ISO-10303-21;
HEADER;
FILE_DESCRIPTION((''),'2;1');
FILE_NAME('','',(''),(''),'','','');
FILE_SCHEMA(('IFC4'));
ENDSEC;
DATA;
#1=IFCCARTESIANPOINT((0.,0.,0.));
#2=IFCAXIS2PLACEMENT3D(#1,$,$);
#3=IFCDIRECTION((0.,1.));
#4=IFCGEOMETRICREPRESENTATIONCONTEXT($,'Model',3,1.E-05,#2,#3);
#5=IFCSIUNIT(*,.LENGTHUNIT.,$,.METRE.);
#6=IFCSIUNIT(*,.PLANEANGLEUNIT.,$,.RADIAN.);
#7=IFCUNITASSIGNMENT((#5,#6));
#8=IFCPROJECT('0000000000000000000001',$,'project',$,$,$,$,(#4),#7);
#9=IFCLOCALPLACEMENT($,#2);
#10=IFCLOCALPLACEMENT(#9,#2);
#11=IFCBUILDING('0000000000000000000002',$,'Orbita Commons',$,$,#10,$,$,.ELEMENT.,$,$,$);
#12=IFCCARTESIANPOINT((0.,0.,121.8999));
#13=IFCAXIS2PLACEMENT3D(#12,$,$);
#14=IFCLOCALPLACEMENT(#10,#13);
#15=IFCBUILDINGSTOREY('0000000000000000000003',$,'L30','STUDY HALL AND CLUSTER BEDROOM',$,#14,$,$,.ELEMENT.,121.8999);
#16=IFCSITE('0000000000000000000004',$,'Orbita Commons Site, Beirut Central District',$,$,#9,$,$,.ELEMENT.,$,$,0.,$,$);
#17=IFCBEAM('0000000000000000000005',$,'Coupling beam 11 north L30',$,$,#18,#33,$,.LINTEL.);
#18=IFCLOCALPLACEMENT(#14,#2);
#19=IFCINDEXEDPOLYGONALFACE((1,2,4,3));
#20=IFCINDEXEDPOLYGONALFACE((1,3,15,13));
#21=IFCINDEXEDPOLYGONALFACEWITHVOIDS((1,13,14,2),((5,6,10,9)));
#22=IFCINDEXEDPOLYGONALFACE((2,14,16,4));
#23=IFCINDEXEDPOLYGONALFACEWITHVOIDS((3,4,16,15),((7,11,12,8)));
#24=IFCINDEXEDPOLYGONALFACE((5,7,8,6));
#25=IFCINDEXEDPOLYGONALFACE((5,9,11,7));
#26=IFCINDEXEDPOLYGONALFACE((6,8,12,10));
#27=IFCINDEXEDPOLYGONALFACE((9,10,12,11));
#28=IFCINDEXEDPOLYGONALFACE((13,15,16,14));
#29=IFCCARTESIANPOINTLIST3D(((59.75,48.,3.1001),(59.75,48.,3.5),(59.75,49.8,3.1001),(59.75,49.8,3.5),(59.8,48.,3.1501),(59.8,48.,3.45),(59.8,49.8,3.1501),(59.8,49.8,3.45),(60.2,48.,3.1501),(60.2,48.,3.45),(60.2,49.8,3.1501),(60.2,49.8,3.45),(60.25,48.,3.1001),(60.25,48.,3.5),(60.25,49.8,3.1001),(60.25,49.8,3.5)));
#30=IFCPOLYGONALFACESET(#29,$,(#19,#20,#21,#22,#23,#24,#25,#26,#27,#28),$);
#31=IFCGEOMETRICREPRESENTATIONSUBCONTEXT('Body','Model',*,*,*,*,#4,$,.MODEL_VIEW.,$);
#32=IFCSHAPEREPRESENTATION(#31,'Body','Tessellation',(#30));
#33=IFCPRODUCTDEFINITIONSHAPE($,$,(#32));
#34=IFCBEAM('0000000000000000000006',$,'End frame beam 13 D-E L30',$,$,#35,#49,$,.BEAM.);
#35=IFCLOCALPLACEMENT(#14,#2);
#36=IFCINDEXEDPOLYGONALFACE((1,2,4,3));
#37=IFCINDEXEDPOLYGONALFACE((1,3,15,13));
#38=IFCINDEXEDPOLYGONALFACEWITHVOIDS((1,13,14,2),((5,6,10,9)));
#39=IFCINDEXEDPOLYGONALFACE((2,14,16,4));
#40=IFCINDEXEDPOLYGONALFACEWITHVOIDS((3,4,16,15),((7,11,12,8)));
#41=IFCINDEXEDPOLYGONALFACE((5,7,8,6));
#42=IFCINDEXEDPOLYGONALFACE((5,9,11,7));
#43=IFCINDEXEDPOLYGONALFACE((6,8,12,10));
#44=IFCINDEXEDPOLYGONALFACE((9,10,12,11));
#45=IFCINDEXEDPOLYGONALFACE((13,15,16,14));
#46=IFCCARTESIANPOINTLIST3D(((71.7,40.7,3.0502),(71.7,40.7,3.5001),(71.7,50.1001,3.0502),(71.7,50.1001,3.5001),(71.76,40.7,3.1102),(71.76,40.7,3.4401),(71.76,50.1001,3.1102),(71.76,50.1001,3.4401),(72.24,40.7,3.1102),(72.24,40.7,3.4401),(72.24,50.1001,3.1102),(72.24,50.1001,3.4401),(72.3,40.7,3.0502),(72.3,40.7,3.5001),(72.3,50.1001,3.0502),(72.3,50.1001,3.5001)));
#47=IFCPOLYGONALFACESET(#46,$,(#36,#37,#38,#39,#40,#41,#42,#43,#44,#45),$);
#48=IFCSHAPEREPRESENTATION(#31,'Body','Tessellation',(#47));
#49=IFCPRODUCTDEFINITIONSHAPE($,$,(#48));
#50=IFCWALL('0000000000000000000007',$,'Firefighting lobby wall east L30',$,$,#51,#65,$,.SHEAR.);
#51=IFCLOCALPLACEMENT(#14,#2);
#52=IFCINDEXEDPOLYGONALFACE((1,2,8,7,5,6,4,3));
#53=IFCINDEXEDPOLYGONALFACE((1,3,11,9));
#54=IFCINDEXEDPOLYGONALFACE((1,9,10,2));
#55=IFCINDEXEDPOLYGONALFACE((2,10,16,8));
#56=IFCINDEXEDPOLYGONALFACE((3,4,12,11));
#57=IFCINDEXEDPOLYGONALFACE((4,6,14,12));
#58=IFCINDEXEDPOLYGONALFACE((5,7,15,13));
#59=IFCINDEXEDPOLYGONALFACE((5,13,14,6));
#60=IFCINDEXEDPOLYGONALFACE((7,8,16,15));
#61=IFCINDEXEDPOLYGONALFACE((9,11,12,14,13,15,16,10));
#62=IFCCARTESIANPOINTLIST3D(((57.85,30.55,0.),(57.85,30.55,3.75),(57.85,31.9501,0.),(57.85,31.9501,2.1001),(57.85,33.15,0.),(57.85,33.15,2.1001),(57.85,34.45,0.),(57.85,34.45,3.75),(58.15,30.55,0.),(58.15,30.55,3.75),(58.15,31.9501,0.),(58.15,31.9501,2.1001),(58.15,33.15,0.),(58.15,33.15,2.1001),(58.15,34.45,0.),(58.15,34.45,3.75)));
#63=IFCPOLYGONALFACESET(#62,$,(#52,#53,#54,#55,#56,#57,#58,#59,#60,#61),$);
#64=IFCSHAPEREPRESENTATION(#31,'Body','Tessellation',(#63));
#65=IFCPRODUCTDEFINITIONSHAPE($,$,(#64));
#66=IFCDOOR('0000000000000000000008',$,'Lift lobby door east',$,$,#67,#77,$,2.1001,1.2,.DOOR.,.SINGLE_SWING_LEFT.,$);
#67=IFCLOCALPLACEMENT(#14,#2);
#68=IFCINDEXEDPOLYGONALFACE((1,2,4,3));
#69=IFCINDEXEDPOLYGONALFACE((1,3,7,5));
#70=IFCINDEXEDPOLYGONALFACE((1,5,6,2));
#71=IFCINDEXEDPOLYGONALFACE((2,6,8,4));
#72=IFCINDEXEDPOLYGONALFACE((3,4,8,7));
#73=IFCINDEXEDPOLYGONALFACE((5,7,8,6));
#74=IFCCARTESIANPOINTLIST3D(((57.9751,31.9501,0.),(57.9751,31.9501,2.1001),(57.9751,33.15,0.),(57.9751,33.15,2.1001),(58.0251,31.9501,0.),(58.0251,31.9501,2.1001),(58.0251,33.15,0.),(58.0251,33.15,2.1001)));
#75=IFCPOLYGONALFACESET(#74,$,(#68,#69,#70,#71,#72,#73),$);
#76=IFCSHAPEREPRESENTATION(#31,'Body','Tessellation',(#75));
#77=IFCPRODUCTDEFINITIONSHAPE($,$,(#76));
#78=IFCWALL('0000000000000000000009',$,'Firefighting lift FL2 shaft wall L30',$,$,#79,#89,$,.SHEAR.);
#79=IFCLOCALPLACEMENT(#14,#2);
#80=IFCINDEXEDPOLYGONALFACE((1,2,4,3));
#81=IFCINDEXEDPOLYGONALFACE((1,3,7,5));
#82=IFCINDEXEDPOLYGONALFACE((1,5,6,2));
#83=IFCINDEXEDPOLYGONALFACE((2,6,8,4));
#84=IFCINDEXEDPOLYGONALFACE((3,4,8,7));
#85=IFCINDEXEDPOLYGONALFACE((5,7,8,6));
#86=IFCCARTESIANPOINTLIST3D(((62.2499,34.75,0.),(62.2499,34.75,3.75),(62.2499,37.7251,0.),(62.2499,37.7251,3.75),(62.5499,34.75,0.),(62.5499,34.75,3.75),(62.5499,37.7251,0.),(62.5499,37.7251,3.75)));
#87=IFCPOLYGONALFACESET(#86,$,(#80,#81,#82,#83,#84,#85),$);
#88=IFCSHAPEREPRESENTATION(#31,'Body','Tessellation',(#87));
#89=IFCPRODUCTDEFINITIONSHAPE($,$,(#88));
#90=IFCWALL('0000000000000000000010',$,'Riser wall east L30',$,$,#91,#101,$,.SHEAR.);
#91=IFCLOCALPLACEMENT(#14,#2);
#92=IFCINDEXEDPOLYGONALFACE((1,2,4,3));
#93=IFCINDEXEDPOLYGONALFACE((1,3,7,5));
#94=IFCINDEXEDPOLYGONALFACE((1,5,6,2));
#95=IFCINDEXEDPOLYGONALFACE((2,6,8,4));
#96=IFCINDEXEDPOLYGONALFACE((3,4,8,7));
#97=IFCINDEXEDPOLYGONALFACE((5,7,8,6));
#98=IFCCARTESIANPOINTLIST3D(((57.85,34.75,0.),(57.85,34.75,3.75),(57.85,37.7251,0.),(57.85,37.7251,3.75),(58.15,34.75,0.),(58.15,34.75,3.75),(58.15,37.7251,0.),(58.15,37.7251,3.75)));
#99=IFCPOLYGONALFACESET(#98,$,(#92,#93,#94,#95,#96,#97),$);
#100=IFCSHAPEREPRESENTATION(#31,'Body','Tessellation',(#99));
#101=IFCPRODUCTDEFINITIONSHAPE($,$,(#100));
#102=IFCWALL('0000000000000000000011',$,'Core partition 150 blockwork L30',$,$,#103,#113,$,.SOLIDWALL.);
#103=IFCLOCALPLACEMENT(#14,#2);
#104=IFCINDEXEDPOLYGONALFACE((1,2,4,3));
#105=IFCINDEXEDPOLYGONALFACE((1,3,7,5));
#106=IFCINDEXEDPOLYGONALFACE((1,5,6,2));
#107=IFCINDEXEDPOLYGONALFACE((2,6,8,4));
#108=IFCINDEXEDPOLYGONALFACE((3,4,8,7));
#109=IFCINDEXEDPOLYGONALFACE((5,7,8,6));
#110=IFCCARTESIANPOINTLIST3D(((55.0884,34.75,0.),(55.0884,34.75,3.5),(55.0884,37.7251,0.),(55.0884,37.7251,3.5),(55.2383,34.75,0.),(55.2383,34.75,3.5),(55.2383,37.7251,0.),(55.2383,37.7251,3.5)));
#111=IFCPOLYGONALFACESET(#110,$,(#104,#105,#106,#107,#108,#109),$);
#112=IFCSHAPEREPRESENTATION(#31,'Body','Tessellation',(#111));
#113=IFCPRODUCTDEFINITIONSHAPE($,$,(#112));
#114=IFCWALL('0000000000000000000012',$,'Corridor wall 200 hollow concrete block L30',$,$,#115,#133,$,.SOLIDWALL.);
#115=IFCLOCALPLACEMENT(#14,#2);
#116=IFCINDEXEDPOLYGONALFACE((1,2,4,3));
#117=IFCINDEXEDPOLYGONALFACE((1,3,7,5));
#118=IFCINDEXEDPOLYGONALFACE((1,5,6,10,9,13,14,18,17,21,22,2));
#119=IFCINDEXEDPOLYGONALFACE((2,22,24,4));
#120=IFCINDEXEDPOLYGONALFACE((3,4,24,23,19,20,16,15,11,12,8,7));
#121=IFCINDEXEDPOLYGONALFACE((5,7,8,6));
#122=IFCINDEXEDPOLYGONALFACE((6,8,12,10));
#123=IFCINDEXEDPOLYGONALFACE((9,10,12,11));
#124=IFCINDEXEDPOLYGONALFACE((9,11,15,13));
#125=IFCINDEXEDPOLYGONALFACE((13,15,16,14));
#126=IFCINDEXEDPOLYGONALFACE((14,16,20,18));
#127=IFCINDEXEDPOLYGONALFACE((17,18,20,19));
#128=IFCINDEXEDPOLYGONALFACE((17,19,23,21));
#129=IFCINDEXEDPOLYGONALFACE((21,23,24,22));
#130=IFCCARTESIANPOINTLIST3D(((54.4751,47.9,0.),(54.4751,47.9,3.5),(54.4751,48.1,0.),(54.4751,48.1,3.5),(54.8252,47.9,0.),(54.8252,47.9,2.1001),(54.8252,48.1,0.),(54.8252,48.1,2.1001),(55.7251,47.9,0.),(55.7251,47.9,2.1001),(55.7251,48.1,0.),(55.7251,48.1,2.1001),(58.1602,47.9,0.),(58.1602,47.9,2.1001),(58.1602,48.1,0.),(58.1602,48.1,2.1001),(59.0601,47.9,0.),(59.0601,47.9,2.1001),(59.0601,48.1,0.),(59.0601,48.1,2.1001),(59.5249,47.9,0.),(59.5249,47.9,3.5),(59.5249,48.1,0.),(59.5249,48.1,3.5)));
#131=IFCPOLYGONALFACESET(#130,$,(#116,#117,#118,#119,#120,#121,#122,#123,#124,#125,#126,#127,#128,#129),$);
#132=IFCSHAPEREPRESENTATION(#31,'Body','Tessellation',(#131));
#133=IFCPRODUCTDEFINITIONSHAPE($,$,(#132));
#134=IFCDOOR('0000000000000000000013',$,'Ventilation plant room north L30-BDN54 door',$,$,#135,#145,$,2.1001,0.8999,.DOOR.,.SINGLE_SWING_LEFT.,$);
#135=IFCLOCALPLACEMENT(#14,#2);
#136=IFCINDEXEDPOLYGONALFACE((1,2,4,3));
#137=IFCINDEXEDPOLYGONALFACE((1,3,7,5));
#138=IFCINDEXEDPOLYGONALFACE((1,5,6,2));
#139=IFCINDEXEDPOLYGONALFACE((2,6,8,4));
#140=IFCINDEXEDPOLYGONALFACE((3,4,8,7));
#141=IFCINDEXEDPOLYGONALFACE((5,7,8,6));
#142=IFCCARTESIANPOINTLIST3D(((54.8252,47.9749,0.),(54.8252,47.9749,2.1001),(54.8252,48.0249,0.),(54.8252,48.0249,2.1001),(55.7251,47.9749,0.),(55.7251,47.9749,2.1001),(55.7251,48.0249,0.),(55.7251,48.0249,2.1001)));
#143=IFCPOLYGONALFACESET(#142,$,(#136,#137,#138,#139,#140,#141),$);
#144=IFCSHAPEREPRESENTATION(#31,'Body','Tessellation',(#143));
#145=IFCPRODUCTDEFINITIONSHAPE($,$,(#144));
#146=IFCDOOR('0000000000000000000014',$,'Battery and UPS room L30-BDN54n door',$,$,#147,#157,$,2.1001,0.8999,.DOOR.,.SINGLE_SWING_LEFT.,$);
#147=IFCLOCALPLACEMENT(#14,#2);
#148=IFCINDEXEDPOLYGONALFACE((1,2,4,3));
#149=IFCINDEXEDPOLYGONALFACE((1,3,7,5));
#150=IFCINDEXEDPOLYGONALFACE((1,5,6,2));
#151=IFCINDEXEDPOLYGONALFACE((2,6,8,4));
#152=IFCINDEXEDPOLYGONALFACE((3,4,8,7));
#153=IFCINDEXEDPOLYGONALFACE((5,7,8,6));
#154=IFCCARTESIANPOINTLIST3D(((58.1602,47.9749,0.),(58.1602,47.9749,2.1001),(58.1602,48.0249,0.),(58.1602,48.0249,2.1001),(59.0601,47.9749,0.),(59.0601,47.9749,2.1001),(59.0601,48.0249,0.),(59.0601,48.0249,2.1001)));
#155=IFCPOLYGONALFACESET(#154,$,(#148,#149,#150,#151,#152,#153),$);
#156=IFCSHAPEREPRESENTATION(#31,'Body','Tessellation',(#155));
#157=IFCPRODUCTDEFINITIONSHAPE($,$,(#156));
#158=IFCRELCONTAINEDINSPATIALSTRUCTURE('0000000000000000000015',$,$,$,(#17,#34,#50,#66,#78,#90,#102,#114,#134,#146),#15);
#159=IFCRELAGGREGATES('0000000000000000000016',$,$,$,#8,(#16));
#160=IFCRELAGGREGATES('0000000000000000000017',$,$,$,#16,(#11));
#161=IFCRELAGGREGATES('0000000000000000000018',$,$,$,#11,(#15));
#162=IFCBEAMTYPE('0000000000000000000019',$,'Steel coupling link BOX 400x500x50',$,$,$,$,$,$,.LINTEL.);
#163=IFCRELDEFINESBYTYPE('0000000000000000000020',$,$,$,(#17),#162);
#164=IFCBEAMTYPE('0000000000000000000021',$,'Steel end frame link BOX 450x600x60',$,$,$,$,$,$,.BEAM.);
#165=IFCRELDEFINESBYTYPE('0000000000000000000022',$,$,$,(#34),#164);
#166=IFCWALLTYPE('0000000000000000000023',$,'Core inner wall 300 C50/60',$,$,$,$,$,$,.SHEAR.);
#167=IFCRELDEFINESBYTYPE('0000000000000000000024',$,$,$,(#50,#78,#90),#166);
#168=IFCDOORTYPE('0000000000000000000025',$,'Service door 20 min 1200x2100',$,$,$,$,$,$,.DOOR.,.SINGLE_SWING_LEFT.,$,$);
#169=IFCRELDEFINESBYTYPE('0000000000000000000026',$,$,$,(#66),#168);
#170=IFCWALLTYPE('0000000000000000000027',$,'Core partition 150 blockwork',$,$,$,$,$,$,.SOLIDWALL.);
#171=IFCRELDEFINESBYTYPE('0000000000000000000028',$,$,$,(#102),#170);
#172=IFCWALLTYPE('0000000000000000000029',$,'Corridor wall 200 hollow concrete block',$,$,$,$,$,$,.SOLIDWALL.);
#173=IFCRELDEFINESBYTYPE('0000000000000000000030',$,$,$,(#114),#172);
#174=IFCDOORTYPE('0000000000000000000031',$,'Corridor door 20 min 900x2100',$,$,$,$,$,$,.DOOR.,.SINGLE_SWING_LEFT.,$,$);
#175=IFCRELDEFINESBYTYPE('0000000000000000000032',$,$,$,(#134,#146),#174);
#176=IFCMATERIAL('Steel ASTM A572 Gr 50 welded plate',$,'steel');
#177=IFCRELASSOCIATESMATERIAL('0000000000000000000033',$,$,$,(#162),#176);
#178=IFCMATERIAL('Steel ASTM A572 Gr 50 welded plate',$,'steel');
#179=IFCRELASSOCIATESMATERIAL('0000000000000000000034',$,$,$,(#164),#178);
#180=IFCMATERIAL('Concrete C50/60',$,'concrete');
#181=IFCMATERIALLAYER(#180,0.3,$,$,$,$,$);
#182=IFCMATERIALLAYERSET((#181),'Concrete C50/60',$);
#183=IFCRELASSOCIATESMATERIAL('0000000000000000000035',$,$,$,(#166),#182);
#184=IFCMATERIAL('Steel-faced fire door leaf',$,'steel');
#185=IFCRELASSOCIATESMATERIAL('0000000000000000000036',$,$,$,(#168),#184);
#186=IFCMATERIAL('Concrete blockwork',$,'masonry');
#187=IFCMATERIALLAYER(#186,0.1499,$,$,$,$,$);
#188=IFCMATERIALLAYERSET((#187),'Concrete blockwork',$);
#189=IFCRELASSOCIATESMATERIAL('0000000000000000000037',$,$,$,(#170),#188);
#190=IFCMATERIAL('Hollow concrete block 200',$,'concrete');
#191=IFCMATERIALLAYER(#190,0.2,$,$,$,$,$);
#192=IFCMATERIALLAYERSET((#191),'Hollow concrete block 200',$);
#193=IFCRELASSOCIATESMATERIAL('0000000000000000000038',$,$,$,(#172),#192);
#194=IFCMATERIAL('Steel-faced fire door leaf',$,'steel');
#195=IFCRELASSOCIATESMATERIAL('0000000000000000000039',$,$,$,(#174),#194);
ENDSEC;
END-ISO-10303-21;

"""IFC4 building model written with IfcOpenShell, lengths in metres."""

from ifc_helpers import new_model, si_unit, direction, frame, frame_2d, origin, origin_2d, place, context, subcontext, project, spatial, rectangle, hollow_rectangle, extrude, material, layer, layer_set, material_profile, profile_set, type_object, element, fill, save


model = new_model("IFC4")

# Units and contexts
model_context = context("Model", 3, precision=1e-05, world=origin(), true_north=direction((0.0, 1.0)))
body_context = subcontext(model_context, "Body", "Model", "MODEL_VIEW")
ifc_project = project(units=[si_unit("LENGTHUNIT", "METRE"), si_unit("PLANEANGLEUNIT", "RADIAN")], contexts=[model_context])

# Site, building, storey
site_placement = place(None, origin())
site = spatial("IfcSite", under=ifc_project, at=site_placement, Name="Orbita Commons Site, Beirut Central District", CompositionType="ELEMENT", RefElevation=0.0)
building_placement = place(site_placement, origin())
building = spatial("IfcBuilding", under=site, at=building_placement, Name="Orbita Commons", CompositionType="ELEMENT")
storey_placement = place(building_placement, frame((0.0, 0.0, 121.8999)))
storey = spatial("IfcBuildingStorey", under=building, at=storey_placement, Name="L30", Description="STUDY HALL AND CLUSTER BEDROOM", CompositionType="ELEMENT", Elevation=121.8999)

# Beams
ifc_material_1 = material(Name="Steel ASTM A572 Gr 50 welded plate", Category="steel")
ifc_material_profile_1 = material_profile(ifc_material_1, hollow_rectangle(XDim=0.5, YDim=0.3999, WallThickness=0.05, at=origin_2d()), Name="BOX 400x500x50")
ifc_profile_set_1 = profile_set([ifc_material_profile_1], Name="Steel ASTM A572 Gr 50 welded plate")
beam_type_1 = type_object("IfcBeamType", Name="Steel coupling link BOX 400x500x50", PredefinedType="LINTEL", material=ifc_profile_set_1)
beam_1_placement = place(storey_placement, frame((60.0, 48.0, 3.3), z_axis=(0.0, 1.0, 0.0), x_axis=(-1.0, 0.0, 0.0)))
element("IfcBeam", 1, at=beam_1_placement, inside=storey, type_object=beam_type_1, Name="Coupling beam 11 north L30", PredefinedType="LINTEL", context=body_context, shape_type="SweptSolid", body=[
    extrude(hollow_rectangle(XDim=0.5, YDim=0.3999, WallThickness=0.05, at=origin_2d()), origin(), (0.0, 0.0, 1.0), 1.8),
])
ifc_material_2 = material(Name="Steel ASTM A572 Gr 50 welded plate", Category="steel")
ifc_material_profile_2 = material_profile(ifc_material_2, hollow_rectangle(XDim=0.6001, YDim=0.45, WallThickness=0.0601, at=origin_2d()), Name="BOX 450x600x60")
ifc_profile_set_2 = profile_set([ifc_material_profile_2], Name="Steel ASTM A572 Gr 50 welded plate")
beam_type_2 = type_object("IfcBeamType", Name="Steel end frame link BOX 450x600x60", PredefinedType="BEAM", material=ifc_profile_set_2)
beam_2_placement = place(storey_placement, frame((72.0, 40.7, 3.2751), z_axis=(0.0, 1.0, 0.0), x_axis=(-1.0, 0.0, 0.0)))
element("IfcBeam", 2, at=beam_2_placement, inside=storey, type_object=beam_type_2, Name="End frame beam 13 D-E L30", PredefinedType="BEAM", context=body_context, shape_type="SweptSolid", body=[
    extrude(hollow_rectangle(XDim=0.6001, YDim=0.45, WallThickness=0.0601, at=origin_2d()), origin(), (0.0, 0.0, 1.0), 9.4001),
])

# Wall, opening, door
ifc_material_3 = material(Name="Concrete C50/60", Category="concrete")
ifc_layer_1 = layer(ifc_material_3, 0.3)
ifc_layer_set_1 = layer_set([ifc_layer_1], Name="Concrete C50/60")
wall_type_1 = type_object("IfcWallType", Name="Core inner wall 300 C50/60", PredefinedType="SHEAR", material=ifc_layer_set_1)
wall_1_placement = place(storey_placement, frame((58.0, 30.55, 0.0), z_axis=(0.0, 0.0, 1.0), x_axis=(0.0, 1.0, 0.0)))
wall_1 = element("IfcWall", 3, at=wall_1_placement, inside=storey, type_object=wall_type_1, Name="Firefighting lobby wall east L30", PredefinedType="SHEAR", context=body_context, shape_type="SweptSolid", body=[
    extrude(rectangle(XDim=3.8999, YDim=0.3, at=frame_2d((1.95, 0.0))), origin(), (0.0, 0.0, 1.0), 3.75),
])
opening_1_placement = place(wall_1_placement, frame((1.3999, 0.0, 0.0)))
opening_1 = element("IfcOpeningElement", 4, at=opening_1_placement, cuts=wall_1, PredefinedType="OPENING", context=body_context, shape_type="SweptSolid", body=[
    extrude(rectangle(XDim=1.2, YDim=2.1001, at=frame_2d((0.6001, 1.05))), frame((0.0, 0.1599, 0.0), z_axis=(0.0, -1.0, 0.0), x_axis=(1.0, 0.0, 0.0)), (0.0, 0.0, 1.0), 0.3201),
])
ifc_material_4 = material(Name="Steel-faced fire door leaf", Category="steel")
door_type_1 = type_object("IfcDoorType", Name="Service door 20 min 1200x2100", OperationType="SINGLE_SWING_LEFT", PredefinedType="DOOR", material=ifc_material_4)
door_1_placement = place(opening_1_placement, origin())
door_1 = element("IfcDoor", 5, at=door_1_placement, inside=storey, type_object=door_type_1, Name="Lift lobby door east", OperationType="SINGLE_SWING_LEFT", OverallHeight=2.1001, OverallWidth=1.2, PredefinedType="DOOR", context=body_context, shape_type="SweptSolid", body=[
    extrude(rectangle(XDim=1.2, YDim=2.1001, at=frame_2d((0.6001, 1.05))), frame((0.0, 0.0249, 0.0), z_axis=(0.0, -1.0, 0.0), x_axis=(1.0, 0.0, 0.0)), (0.0, 0.0, 1.0), 0.05),
])
fill(opening_1, door_1)

# Walls
for number, where, z_axis, x_axis, name in (
    (6, (62.3999, 34.75, 0.0), (0.0, 0.0, 1.0), (0.0, 1.0, 0.0), "Firefighting lift FL2 shaft wall L30"),
    (7, (58.0, 34.75, 0.0), (0.0, 0.0, 1.0), (0.0, 1.0, 0.0), "Riser wall east L30"),
):
    element("IfcWall", number, at=place(storey_placement, frame(where, z_axis=z_axis, x_axis=x_axis)), inside=storey, type_object=wall_type_1, Name=name, PredefinedType="SHEAR", context=body_context, shape_type="SweptSolid", body=[
        extrude(rectangle(XDim=2.9751, YDim=0.3, at=frame_2d((1.4875, 0.0))), origin(), (0.0, 0.0, 1.0), 3.75),
    ])
ifc_material_5 = material(Name="Concrete blockwork", Category="masonry")
ifc_layer_2 = layer(ifc_material_5, 0.1499)
ifc_layer_set_2 = layer_set([ifc_layer_2], Name="Concrete blockwork")
wall_type_2 = type_object("IfcWallType", Name="Core partition 150 blockwork", PredefinedType="SOLIDWALL", material=ifc_layer_set_2)
wall_2_placement = place(storey_placement, frame((55.1633, 34.75, 0.0), z_axis=(0.0, 0.0, 1.0), x_axis=(0.0, 1.0, 0.0)))
element("IfcWall", 8, at=wall_2_placement, inside=storey, type_object=wall_type_2, Name="Core partition 150 blockwork L30", PredefinedType="SOLIDWALL", context=body_context, shape_type="SweptSolid", body=[
    extrude(rectangle(XDim=2.9751, YDim=0.1499, at=frame_2d((1.4875, 0.0))), origin(), (0.0, 0.0, 1.0), 3.5),
])

# Wall, openings, doors
ifc_material_6 = material(Name="Hollow concrete block 200", Category="concrete")
ifc_layer_3 = layer(ifc_material_6, 0.2)
ifc_layer_set_3 = layer_set([ifc_layer_3], Name="Hollow concrete block 200")
wall_type_3 = type_object("IfcWallType", Name="Corridor wall 200 hollow concrete block", PredefinedType="SOLIDWALL", material=ifc_layer_set_3)
wall_3_placement = place(storey_placement, frame((54.4751, 48.0, 0.0), z_axis=(0.0, 0.0, 1.0), x_axis=(1.0, 0.0, 0.0)))
wall_3 = element("IfcWall", 9, at=wall_3_placement, inside=storey, type_object=wall_type_3, Name="Corridor wall 200 hollow concrete block L30", PredefinedType="SOLIDWALL", context=body_context, shape_type="SweptSolid", body=[
    extrude(rectangle(XDim=5.0498, YDim=0.2, at=frame_2d((2.5249, 0.0))), origin(), (0.0, 0.0, 1.0), 3.5),
])
opening_2_placement = place(wall_3_placement, frame((0.3501, 0.0, 0.0)))
opening_2 = element("IfcOpeningElement", 10, at=opening_2_placement, cuts=wall_3, PredefinedType="OPENING", context=body_context, shape_type="SweptSolid", body=[
    extrude(rectangle(XDim=0.8999, YDim=2.1001, at=frame_2d((0.45, 1.05))), frame((0.0, 0.1099, 0.0), z_axis=(0.0, -1.0, 0.0), x_axis=(1.0, 0.0, 0.0)), (0.0, 0.0, 1.0), 0.22),
])
opening_3_placement = place(wall_3_placement, frame((3.6851, 0.0, 0.0)))
opening_3 = element("IfcOpeningElement", 11, at=opening_3_placement, cuts=wall_3, PredefinedType="OPENING", context=body_context, shape_type="SweptSolid", body=[
    extrude(rectangle(XDim=0.8999, YDim=2.1001, at=frame_2d((0.45, 1.05))), frame((0.0, 0.1099, 0.0), z_axis=(0.0, -1.0, 0.0), x_axis=(1.0, 0.0, 0.0)), (0.0, 0.0, 1.0), 0.22),
])
ifc_material_7 = material(Name="Steel-faced fire door leaf", Category="steel")
door_type_2 = type_object("IfcDoorType", Name="Corridor door 20 min 900x2100", OperationType="SINGLE_SWING_LEFT", PredefinedType="DOOR", material=ifc_material_7)
door_2_placement = place(opening_2_placement, origin())
door_2 = element("IfcDoor", 12, at=door_2_placement, inside=storey, type_object=door_type_2, Name="Ventilation plant room north L30-BDN54 door", OperationType="SINGLE_SWING_LEFT", OverallHeight=2.1001, OverallWidth=0.8999, PredefinedType="DOOR", context=body_context, shape_type="SweptSolid", body=[
    extrude(rectangle(XDim=0.8999, YDim=2.1001, at=frame_2d((0.45, 1.05))), frame((0.0, 0.0249, 0.0), z_axis=(0.0, -1.0, 0.0), x_axis=(1.0, 0.0, 0.0)), (0.0, 0.0, 1.0), 0.05),
])
fill(opening_2, door_2)
door_3_placement = place(opening_3_placement, origin())
door_3 = element("IfcDoor", 13, at=door_3_placement, inside=storey, type_object=door_type_2, Name="Battery and UPS room L30-BDN54n door", OperationType="SINGLE_SWING_LEFT", OverallHeight=2.1001, OverallWidth=0.8999, PredefinedType="DOOR", context=body_context, shape_type="SweptSolid", body=[
    extrude(rectangle(XDim=0.8999, YDim=2.1001, at=frame_2d((0.45, 1.05))), frame((0.0, 0.0249, 0.0), z_axis=(0.0, -1.0, 0.0), x_axis=(1.0, 0.0, 0.0)), (0.0, 0.0, 1.0), 0.05),
])
fill(opening_3, door_3)

save(model, "model.ifc")
